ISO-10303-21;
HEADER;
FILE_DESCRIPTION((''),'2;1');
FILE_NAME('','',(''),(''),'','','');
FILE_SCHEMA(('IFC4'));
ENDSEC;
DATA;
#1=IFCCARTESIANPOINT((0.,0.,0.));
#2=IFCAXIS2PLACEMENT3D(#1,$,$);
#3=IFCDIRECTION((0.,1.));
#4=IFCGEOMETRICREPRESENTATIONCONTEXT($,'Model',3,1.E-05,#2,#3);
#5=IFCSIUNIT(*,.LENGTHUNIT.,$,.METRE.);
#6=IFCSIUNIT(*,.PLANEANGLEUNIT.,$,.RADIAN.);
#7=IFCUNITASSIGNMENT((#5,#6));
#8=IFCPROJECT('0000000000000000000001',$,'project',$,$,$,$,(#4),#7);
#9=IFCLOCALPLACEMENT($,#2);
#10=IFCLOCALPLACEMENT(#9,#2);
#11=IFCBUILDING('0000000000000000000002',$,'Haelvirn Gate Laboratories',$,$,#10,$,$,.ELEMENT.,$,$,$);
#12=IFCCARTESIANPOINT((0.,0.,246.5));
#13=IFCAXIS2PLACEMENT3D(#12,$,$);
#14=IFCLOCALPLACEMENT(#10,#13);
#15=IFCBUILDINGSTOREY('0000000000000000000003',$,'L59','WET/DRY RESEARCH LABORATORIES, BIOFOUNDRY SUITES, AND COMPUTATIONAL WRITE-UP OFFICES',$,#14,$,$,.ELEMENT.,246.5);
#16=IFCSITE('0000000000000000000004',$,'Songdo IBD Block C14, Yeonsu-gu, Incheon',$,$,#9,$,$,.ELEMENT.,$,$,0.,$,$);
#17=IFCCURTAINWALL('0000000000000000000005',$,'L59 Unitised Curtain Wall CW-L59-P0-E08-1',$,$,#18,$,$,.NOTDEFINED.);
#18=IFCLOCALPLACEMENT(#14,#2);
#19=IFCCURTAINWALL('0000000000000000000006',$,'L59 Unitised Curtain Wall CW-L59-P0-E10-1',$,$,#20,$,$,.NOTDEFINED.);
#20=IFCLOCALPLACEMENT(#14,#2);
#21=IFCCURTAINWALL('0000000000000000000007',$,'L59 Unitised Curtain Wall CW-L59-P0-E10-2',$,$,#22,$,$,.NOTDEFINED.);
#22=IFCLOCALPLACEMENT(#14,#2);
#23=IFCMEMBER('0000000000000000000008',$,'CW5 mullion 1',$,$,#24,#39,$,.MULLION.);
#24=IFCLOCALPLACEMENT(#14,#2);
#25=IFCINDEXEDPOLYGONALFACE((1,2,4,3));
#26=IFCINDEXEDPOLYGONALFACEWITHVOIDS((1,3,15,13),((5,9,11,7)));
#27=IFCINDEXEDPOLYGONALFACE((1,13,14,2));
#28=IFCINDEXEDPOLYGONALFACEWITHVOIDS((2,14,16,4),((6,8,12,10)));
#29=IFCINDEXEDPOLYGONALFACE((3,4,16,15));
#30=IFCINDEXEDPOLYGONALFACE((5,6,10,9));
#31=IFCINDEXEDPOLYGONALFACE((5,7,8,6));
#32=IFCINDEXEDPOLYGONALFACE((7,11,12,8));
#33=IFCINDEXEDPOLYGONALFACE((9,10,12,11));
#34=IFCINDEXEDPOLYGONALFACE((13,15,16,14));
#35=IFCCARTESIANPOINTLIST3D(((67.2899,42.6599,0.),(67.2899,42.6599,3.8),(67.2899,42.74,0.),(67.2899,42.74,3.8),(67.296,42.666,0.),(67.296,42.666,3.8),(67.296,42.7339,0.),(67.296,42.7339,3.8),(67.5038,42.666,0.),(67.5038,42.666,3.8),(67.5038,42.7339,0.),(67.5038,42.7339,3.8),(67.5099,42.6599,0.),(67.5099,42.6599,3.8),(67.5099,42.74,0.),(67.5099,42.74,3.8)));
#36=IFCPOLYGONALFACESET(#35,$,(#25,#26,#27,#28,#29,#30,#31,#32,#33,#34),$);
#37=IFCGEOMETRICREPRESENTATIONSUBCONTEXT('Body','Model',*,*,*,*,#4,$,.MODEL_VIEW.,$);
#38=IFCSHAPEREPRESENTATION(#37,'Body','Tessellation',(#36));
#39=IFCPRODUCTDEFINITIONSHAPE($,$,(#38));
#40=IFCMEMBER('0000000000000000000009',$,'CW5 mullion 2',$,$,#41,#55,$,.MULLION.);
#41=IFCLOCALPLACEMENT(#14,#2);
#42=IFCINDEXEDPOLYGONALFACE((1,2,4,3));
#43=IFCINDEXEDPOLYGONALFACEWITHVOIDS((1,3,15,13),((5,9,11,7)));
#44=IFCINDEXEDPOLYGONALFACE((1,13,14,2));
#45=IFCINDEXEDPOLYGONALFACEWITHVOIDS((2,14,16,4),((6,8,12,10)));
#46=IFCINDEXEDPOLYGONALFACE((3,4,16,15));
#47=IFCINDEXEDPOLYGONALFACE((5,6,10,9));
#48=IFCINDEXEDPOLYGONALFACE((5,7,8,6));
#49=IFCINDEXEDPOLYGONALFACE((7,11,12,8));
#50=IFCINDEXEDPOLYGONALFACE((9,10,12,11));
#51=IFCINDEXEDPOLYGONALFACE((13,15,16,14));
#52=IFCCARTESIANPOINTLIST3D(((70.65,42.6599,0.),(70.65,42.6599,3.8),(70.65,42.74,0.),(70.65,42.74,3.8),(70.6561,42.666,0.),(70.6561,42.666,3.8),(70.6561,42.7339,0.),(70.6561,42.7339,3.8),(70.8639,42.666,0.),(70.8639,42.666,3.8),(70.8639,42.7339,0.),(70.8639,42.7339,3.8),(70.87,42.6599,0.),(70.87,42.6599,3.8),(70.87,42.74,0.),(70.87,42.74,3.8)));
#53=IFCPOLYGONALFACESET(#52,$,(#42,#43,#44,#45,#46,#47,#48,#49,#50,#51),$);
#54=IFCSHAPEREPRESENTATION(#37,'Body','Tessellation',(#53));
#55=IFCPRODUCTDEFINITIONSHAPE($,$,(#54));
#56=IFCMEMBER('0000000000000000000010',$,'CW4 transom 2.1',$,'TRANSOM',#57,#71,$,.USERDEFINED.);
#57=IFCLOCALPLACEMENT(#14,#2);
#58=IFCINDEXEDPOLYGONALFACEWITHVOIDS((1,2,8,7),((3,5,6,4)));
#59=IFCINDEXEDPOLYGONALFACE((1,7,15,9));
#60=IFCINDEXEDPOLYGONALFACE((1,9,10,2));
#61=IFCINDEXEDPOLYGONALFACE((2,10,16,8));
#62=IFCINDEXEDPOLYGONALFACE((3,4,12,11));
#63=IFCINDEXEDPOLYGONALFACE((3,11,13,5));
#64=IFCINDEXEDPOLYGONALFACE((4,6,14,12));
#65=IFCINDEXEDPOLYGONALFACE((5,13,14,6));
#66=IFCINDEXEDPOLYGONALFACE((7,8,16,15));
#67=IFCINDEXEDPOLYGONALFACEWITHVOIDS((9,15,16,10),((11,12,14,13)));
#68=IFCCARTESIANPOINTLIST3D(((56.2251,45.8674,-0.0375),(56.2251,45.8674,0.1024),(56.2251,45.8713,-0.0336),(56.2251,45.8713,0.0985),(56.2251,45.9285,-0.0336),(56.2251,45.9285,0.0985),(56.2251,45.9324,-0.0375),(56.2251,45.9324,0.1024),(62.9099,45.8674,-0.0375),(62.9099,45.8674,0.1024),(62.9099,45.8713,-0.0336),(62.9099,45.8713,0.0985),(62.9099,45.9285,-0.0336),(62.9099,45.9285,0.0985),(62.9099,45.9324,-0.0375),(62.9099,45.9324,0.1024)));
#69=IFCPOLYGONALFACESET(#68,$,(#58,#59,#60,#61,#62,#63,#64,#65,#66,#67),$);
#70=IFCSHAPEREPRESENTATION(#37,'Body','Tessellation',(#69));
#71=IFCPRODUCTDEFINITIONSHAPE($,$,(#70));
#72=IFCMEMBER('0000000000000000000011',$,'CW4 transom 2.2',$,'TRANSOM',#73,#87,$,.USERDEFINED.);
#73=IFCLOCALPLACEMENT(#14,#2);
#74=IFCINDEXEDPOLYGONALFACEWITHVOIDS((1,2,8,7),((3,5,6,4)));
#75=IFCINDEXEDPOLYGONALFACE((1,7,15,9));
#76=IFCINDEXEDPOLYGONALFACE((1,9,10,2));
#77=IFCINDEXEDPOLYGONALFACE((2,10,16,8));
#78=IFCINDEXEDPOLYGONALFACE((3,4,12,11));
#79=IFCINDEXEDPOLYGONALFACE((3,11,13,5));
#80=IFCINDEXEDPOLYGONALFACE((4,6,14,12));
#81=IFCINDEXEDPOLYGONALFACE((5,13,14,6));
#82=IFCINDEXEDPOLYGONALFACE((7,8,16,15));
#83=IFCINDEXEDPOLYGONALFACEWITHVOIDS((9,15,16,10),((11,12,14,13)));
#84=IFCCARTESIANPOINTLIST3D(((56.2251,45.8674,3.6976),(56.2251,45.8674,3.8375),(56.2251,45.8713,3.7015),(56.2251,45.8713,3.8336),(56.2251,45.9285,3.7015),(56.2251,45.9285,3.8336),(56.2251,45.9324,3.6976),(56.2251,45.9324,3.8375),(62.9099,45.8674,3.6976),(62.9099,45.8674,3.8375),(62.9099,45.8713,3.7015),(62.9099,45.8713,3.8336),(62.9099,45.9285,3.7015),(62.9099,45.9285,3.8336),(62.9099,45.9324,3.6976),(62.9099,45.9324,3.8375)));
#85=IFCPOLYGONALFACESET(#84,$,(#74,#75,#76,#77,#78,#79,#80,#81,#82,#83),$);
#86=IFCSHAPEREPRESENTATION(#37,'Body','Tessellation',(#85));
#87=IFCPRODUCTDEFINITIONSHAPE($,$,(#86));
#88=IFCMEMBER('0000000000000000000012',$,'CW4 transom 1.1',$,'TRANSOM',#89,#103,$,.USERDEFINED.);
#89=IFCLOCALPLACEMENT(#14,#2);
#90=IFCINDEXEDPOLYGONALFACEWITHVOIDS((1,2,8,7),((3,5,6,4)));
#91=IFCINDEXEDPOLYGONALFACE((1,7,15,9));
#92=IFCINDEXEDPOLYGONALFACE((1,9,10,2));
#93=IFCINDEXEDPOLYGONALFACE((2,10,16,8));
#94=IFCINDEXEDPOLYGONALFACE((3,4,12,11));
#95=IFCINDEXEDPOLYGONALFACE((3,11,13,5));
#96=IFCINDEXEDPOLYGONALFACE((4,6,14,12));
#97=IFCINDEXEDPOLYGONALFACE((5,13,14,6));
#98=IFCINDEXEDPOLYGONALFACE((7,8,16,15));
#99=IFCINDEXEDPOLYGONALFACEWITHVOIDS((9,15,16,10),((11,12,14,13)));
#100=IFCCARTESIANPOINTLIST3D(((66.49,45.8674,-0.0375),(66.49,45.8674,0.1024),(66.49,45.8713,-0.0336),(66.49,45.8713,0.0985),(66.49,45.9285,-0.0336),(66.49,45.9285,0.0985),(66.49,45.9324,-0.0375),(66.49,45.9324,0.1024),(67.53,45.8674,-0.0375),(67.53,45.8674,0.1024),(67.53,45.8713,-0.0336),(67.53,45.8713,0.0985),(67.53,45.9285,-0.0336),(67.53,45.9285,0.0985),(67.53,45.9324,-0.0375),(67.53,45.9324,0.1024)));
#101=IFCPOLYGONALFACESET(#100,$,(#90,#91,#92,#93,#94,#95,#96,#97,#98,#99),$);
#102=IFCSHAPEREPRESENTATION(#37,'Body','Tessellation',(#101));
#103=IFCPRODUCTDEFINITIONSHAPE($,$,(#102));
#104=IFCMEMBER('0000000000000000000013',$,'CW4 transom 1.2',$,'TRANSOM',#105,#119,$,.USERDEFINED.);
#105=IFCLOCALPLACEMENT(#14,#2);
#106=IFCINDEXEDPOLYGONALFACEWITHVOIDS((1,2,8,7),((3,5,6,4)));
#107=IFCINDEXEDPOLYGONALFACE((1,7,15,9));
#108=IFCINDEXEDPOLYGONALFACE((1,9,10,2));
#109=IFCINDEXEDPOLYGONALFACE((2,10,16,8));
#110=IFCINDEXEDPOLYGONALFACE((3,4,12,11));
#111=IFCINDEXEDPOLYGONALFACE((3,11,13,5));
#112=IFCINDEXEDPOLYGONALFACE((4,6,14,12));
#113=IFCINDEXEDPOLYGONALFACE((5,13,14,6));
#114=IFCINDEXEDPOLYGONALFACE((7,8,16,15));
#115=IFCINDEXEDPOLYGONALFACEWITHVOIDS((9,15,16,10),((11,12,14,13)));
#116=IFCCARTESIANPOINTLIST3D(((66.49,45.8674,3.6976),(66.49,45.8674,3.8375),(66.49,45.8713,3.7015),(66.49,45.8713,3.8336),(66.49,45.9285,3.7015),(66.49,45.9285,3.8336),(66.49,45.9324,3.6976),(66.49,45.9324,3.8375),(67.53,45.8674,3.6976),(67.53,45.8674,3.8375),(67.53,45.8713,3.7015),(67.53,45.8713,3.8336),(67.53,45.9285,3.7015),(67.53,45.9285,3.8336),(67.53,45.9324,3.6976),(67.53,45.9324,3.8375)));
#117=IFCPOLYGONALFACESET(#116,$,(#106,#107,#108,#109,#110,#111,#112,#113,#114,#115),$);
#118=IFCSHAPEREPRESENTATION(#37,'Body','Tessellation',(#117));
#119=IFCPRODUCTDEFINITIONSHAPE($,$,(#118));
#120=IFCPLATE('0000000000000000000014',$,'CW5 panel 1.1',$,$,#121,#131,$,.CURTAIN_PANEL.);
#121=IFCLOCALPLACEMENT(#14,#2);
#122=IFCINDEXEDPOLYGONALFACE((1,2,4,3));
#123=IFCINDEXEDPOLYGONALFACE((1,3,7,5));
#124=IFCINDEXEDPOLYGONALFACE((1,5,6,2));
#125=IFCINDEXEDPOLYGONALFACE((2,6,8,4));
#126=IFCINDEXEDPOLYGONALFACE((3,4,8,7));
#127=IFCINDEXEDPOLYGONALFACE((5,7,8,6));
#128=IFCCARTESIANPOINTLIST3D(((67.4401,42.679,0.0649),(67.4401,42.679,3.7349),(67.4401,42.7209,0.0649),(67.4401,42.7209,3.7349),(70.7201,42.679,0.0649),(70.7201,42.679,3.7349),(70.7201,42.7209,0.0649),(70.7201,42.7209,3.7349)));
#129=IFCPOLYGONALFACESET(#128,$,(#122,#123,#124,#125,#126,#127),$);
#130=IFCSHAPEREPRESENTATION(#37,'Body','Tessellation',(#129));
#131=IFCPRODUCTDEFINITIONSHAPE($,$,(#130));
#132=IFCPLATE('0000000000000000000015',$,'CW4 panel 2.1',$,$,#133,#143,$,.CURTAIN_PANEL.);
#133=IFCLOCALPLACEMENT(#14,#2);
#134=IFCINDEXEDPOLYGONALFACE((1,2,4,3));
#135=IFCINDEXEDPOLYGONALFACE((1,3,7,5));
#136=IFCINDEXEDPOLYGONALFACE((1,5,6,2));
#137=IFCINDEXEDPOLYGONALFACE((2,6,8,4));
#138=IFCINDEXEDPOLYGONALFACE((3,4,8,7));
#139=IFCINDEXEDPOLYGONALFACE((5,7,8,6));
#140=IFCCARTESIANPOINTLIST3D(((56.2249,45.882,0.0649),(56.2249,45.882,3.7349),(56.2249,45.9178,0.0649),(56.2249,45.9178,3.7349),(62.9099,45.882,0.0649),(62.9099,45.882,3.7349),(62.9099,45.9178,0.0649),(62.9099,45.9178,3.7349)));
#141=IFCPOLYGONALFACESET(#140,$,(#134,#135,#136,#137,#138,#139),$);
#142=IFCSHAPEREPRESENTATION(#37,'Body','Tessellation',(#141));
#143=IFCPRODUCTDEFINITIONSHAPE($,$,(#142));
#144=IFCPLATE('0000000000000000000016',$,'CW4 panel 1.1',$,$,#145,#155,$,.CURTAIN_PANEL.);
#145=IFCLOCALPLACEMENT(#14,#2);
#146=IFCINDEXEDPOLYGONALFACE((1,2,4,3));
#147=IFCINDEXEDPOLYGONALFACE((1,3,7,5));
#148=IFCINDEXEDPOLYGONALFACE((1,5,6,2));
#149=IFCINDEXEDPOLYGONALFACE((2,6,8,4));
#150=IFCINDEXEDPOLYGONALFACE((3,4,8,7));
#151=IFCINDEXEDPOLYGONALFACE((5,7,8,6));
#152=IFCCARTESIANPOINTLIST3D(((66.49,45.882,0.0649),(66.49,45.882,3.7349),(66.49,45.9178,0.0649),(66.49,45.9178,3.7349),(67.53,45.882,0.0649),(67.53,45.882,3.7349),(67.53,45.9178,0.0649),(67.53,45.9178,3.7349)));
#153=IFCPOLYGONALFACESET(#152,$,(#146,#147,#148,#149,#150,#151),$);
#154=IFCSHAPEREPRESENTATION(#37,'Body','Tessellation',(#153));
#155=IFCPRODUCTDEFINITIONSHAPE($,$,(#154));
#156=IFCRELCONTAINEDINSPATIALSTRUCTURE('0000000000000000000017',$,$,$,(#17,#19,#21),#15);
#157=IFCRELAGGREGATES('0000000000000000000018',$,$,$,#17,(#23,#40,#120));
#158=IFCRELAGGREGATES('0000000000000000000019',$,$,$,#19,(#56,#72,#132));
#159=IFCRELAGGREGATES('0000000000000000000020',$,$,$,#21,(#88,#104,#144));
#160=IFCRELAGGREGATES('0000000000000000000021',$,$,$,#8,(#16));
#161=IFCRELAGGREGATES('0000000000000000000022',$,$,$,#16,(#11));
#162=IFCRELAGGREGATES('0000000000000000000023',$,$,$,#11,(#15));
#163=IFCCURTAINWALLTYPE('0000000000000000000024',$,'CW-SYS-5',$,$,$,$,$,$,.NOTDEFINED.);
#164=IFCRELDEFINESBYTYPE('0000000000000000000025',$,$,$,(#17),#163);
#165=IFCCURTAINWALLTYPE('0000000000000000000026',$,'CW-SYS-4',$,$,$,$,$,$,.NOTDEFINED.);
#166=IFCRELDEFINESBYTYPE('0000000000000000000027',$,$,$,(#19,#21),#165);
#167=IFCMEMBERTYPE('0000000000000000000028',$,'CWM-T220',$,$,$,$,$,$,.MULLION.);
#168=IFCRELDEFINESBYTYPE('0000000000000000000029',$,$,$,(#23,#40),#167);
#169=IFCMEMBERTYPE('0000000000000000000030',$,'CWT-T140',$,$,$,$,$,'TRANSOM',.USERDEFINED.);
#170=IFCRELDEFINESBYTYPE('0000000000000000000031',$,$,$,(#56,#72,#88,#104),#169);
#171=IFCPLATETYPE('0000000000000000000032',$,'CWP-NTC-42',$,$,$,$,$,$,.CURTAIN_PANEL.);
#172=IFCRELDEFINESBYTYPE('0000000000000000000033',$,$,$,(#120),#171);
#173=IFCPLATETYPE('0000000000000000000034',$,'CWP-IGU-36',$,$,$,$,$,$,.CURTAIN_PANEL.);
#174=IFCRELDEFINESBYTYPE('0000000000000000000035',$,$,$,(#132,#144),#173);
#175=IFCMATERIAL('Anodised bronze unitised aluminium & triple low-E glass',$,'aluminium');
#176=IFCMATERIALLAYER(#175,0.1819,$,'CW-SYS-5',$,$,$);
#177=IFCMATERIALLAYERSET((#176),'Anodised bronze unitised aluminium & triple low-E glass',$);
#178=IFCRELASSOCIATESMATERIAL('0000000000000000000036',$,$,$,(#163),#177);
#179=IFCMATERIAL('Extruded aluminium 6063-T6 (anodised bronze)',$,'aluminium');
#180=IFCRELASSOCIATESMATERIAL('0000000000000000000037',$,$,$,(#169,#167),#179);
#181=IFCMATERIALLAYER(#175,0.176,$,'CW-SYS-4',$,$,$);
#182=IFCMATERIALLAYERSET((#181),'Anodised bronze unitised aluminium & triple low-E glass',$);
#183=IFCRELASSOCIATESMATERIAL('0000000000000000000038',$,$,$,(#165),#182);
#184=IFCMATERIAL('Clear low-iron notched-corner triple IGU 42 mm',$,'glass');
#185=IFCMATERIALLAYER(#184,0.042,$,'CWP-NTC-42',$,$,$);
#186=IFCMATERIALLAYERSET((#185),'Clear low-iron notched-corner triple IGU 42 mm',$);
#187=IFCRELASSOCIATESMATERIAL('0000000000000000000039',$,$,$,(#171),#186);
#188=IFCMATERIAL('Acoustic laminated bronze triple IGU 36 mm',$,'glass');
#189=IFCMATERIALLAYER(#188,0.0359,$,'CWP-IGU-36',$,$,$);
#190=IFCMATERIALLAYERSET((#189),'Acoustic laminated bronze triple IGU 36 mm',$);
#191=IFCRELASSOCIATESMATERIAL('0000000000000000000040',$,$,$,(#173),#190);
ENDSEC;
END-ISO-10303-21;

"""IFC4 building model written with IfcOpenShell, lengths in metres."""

from ifc_helpers import new_model, si_unit, direction, frame, origin, origin_2d, place, context, subcontext, project, spatial, rectangle, hollow_rectangle, extrude, source, transform, mapped, material, layer, layer_set, material_profile, profile_set, type_object, type_shapes, element, aggregate, save


model = new_model("IFC4")

# Units and contexts
model_context = context("Model", 3, precision=1e-05, world=origin(), true_north=direction((0.0, 1.0)))
body_context = subcontext(model_context, "Body", "Model", "MODEL_VIEW")
ifc_project = project(units=[si_unit("LENGTHUNIT", "METRE"), si_unit("PLANEANGLEUNIT", "RADIAN")], contexts=[model_context])

# Site, building, storey
site_placement = place(None, origin())
site = spatial("IfcSite", under=ifc_project, at=site_placement, Name="Songdo IBD Block C14, Yeonsu-gu, Incheon", CompositionType="ELEMENT", RefElevation=0.0)
building_placement = place(site_placement, origin())
building = spatial("IfcBuilding", under=site, at=building_placement, Name="Haelvirn Gate Laboratories", CompositionType="ELEMENT")
storey_placement = place(building_placement, frame((0.0, 0.0, 246.5)))
storey = spatial("IfcBuildingStorey", under=building, at=storey_placement, Name="L59", Description="WET/DRY RESEARCH LABORATORIES, BIOFOUNDRY SUITES, AND COMPUTATIONAL WRITE-UP OFFICES", CompositionType="ELEMENT", Elevation=246.5)

# Curtain wall
ifc_material_1 = material(Name="Anodised bronze unitised aluminium & triple low-E glass", Category="aluminium")
ifc_layer_1 = layer(ifc_material_1, 0.1819, Name="CW-SYS-5")
ifc_layer_set_1 = layer_set([ifc_layer_1], Name="Anodised bronze unitised aluminium & triple low-E glass")
curtain_wall_type_1 = type_object("IfcCurtainWallType", Name="CW-SYS-5", PredefinedType="NOTDEFINED", material=ifc_layer_set_1)
curtain_wall_1_placement = place(storey_placement, origin())
curtain_wall_1 = element("IfcCurtainWall", 1, at=curtain_wall_1_placement, inside=storey, type_object=curtain_wall_type_1, Name="L59 Unitised Curtain Wall CW-L59-P0-E08-1", PredefinedType="NOTDEFINED")
ifc_material_2 = material(Name="Extruded aluminium 6063-T6 (anodised bronze)", Category="aluminium")
ifc_material_profile_1 = material_profile(ifc_material_2, hollow_rectangle(XDim=0.0649, YDim=0.1399, WallThickness=0.0039, at=origin_2d()), Name="CWT-140x65x4")
ifc_profile_set_1 = profile_set([ifc_material_profile_1], Name="Extruded aluminium 6063-T6 (anodised bronze)")
member_type_1 = type_object("IfcMemberType", Name="CWT-T140", ElementType="TRANSOM", PredefinedType="USERDEFINED", material=ifc_profile_set_1)

# Curtain wall
ifc_layer_2 = layer(ifc_material_1, 0.176, Name="CW-SYS-4")
ifc_layer_set_2 = layer_set([ifc_layer_2], Name="Anodised bronze unitised aluminium & triple low-E glass")
curtain_wall_type_2 = type_object("IfcCurtainWallType", Name="CW-SYS-4", PredefinedType="NOTDEFINED", material=ifc_layer_set_2)
curtain_wall_2_placement = place(storey_placement, origin())
curtain_wall_2 = element("IfcCurtainWall", 2, at=curtain_wall_2_placement, inside=storey, type_object=curtain_wall_type_2, Name="L59 Unitised Curtain Wall CW-L59-P0-E10-1", PredefinedType="NOTDEFINED")

# Curtain wall
curtain_wall_3_placement = place(storey_placement, origin())
curtain_wall_3 = element("IfcCurtainWall", 3, at=curtain_wall_3_placement, inside=storey, type_object=curtain_wall_type_2, Name="L59 Unitised Curtain Wall CW-L59-P0-E10-2", PredefinedType="NOTDEFINED")

# Members
ifc_material_profile_2 = material_profile(ifc_material_2, hollow_rectangle(XDim=0.0801, YDim=0.22, WallThickness=0.0061, at=origin_2d()), Name="CWM-220x80x6")
ifc_profile_set_2 = profile_set([ifc_material_profile_2], Name="Extruded aluminium 6063-T6 (anodised bronze)")
member_type_2 = type_object("IfcMemberType", Name="CWM-T220", PredefinedType="MULLION", material=ifc_profile_set_2)
shared_shape_1 = source(origin(), body_context, "Body", "SweptSolid", [
    extrude(hollow_rectangle(XDim=0.0801, YDim=0.22, WallThickness=0.0061, at=origin_2d()), origin(), (0.0, 0.0, 1.0), 3.8),
])
type_shapes(member_type_2, [shared_shape_1])
member_1_placement = place(storey_placement, frame((67.3999, 42.7, 0.0), z_axis=(0.0, 0.0, 1.0), x_axis=(0.0, 1.0, 0.0)))
member_1 = element("IfcMember", 4, at=member_1_placement, type_object=member_type_2, Name="CW5 mullion 1", PredefinedType="MULLION", context=body_context, shape_type="MappedRepresentation", body=[
    mapped(shared_shape_1, transform((0.0, 0.0, 0.0), scale=1.0)),
])
member_2_placement = place(storey_placement, frame((70.76, 42.7, 0.0), z_axis=(0.0, 0.0, 1.0), x_axis=(0.0, 1.0, 0.0)))
member_2 = element("IfcMember", 5, at=member_2_placement, type_object=member_type_2, Name="CW5 mullion 2", PredefinedType="MULLION", context=body_context, shape_type="MappedRepresentation", body=[
    mapped(shared_shape_1, transform((0.0, 0.0, 0.0), scale=1.0)),
])
shared_shape_2 = source(origin(), body_context, "Body", "SweptSolid", [
    extrude(hollow_rectangle(XDim=0.0649, YDim=0.1399, WallThickness=0.0039, at=origin_2d()), origin(), (0.0, 0.0, 1.0), 6.6848),
])
member_3_placement = place(storey_placement, frame((56.2251, 45.8999, 0.0325), z_axis=(1.0, 0.0, 0.0), x_axis=(0.0, 1.0, 0.0)))
member_3 = element("IfcMember", 6, at=member_3_placement, type_object=member_type_1, Name="CW4 transom 2.1", ObjectType="TRANSOM", PredefinedType="USERDEFINED", context=body_context, shape_type="MappedRepresentation", body=[
    mapped(shared_shape_2, transform((0.0, 0.0, 0.0), scale=1.0)),
])
member_4_placement = place(storey_placement, frame((56.2251, 45.8999, 3.7676), z_axis=(1.0, 0.0, 0.0), x_axis=(0.0, 1.0, 0.0)))
member_4 = element("IfcMember", 7, at=member_4_placement, type_object=member_type_1, Name="CW4 transom 2.2", ObjectType="TRANSOM", PredefinedType="USERDEFINED", context=body_context, shape_type="MappedRepresentation", body=[
    mapped(shared_shape_2, transform((0.0, 0.0, 0.0), scale=1.0)),
])
shared_shape_3 = source(origin(), body_context, "Body", "SweptSolid", [
    extrude(hollow_rectangle(XDim=0.0649, YDim=0.1399, WallThickness=0.0039, at=origin_2d()), origin(), (0.0, 0.0, 1.0), 1.04),
])
member_5_placement = place(storey_placement, frame((66.49, 45.8999, 0.0325), z_axis=(1.0, 0.0, 0.0), x_axis=(0.0, 1.0, 0.0)))
member_5 = element("IfcMember", 8, at=member_5_placement, type_object=member_type_1, Name="CW4 transom 1.1", ObjectType="TRANSOM", PredefinedType="USERDEFINED", context=body_context, shape_type="MappedRepresentation", body=[
    mapped(shared_shape_3, transform((0.0, 0.0, 0.0), scale=1.0)),
])
member_6_placement = place(storey_placement, frame((66.49, 45.8999, 3.7676), z_axis=(1.0, 0.0, 0.0), x_axis=(0.0, 1.0, 0.0)))
member_6 = element("IfcMember", 9, at=member_6_placement, type_object=member_type_1, Name="CW4 transom 1.2", ObjectType="TRANSOM", PredefinedType="USERDEFINED", context=body_context, shape_type="MappedRepresentation", body=[
    mapped(shared_shape_3, transform((0.0, 0.0, 0.0), scale=1.0)),
])

# Plates
ifc_material_3 = material(Name="Clear low-iron notched-corner triple IGU 42 mm", Category="glass")
ifc_layer_3 = layer(ifc_material_3, 0.042, Name="CWP-NTC-42")
ifc_layer_set_3 = layer_set([ifc_layer_3], Name="Clear low-iron notched-corner triple IGU 42 mm")
plate_type_1 = type_object("IfcPlateType", Name="CWP-NTC-42", PredefinedType="CURTAIN_PANEL", material=ifc_layer_set_3)
shared_shape_4 = source(origin(), body_context, "Body", "SweptSolid", [
    extrude(rectangle(XDim=3.28, YDim=0.042, at=origin_2d()), origin(), (0.0, 0.0, 1.0), 3.6699),
])
type_shapes(plate_type_1, [shared_shape_4])
plate_1_placement = place(storey_placement, frame((69.0801, 42.7, 0.0649), z_axis=(0.0, 0.0, 1.0), x_axis=(1.0, 0.0, 0.0)))
plate_1 = element("IfcPlate", 10, at=plate_1_placement, type_object=plate_type_1, Name="CW5 panel 1.1", PredefinedType="CURTAIN_PANEL", context=body_context, shape_type="MappedRepresentation", body=[
    mapped(shared_shape_4, transform((0.0, 0.0, 0.0), scale=1.0)),
])
aggregate(curtain_wall_1, [member_1, member_2, plate_1])
ifc_material_4 = material(Name="Acoustic laminated bronze triple IGU 36 mm", Category="glass")
ifc_layer_4 = layer(ifc_material_4, 0.0359, Name="CWP-IGU-36")
ifc_layer_set_4 = layer_set([ifc_layer_4], Name="Acoustic laminated bronze triple IGU 36 mm")
plate_type_2 = type_object("IfcPlateType", Name="CWP-IGU-36", PredefinedType="CURTAIN_PANEL", material=ifc_layer_set_4)
shared_shape_5 = source(origin(), body_context, "Body", "SweptSolid", [
    extrude(rectangle(XDim=6.6851, YDim=0.0359, at=origin_2d()), origin(), (0.0, 0.0, 1.0), 3.6699),
])
plate_2_placement = place(storey_placement, frame((59.5674, 45.8999, 0.0649), z_axis=(0.0, 0.0, 1.0), x_axis=(1.0, 0.0, 0.0)))
plate_2 = element("IfcPlate", 11, at=plate_2_placement, type_object=plate_type_2, Name="CW4 panel 2.1", PredefinedType="CURTAIN_PANEL", context=body_context, shape_type="MappedRepresentation", body=[
    mapped(shared_shape_5, transform((0.0, 0.0, 0.0), scale=1.0)),
])
aggregate(curtain_wall_2, [member_3, member_4, plate_2])
shared_shape_6 = source(origin(), body_context, "Body", "SweptSolid", [
    extrude(rectangle(XDim=1.04, YDim=0.0359, at=origin_2d()), origin(), (0.0, 0.0, 1.0), 3.6699),
])
type_shapes(plate_type_2, [shared_shape_5, shared_shape_6])
plate_3_placement = place(storey_placement, frame((67.01, 45.8999, 0.0649), z_axis=(0.0, 0.0, 1.0), x_axis=(1.0, 0.0, 0.0)))
plate_3 = element("IfcPlate", 12, at=plate_3_placement, type_object=plate_type_2, Name="CW4 panel 1.1", PredefinedType="CURTAIN_PANEL", context=body_context, shape_type="MappedRepresentation", body=[
    mapped(shared_shape_6, transform((0.0, 0.0, 0.0), scale=1.0)),
])
aggregate(curtain_wall_3, [member_5, member_6, plate_3])

save(model, "model.ifc")
